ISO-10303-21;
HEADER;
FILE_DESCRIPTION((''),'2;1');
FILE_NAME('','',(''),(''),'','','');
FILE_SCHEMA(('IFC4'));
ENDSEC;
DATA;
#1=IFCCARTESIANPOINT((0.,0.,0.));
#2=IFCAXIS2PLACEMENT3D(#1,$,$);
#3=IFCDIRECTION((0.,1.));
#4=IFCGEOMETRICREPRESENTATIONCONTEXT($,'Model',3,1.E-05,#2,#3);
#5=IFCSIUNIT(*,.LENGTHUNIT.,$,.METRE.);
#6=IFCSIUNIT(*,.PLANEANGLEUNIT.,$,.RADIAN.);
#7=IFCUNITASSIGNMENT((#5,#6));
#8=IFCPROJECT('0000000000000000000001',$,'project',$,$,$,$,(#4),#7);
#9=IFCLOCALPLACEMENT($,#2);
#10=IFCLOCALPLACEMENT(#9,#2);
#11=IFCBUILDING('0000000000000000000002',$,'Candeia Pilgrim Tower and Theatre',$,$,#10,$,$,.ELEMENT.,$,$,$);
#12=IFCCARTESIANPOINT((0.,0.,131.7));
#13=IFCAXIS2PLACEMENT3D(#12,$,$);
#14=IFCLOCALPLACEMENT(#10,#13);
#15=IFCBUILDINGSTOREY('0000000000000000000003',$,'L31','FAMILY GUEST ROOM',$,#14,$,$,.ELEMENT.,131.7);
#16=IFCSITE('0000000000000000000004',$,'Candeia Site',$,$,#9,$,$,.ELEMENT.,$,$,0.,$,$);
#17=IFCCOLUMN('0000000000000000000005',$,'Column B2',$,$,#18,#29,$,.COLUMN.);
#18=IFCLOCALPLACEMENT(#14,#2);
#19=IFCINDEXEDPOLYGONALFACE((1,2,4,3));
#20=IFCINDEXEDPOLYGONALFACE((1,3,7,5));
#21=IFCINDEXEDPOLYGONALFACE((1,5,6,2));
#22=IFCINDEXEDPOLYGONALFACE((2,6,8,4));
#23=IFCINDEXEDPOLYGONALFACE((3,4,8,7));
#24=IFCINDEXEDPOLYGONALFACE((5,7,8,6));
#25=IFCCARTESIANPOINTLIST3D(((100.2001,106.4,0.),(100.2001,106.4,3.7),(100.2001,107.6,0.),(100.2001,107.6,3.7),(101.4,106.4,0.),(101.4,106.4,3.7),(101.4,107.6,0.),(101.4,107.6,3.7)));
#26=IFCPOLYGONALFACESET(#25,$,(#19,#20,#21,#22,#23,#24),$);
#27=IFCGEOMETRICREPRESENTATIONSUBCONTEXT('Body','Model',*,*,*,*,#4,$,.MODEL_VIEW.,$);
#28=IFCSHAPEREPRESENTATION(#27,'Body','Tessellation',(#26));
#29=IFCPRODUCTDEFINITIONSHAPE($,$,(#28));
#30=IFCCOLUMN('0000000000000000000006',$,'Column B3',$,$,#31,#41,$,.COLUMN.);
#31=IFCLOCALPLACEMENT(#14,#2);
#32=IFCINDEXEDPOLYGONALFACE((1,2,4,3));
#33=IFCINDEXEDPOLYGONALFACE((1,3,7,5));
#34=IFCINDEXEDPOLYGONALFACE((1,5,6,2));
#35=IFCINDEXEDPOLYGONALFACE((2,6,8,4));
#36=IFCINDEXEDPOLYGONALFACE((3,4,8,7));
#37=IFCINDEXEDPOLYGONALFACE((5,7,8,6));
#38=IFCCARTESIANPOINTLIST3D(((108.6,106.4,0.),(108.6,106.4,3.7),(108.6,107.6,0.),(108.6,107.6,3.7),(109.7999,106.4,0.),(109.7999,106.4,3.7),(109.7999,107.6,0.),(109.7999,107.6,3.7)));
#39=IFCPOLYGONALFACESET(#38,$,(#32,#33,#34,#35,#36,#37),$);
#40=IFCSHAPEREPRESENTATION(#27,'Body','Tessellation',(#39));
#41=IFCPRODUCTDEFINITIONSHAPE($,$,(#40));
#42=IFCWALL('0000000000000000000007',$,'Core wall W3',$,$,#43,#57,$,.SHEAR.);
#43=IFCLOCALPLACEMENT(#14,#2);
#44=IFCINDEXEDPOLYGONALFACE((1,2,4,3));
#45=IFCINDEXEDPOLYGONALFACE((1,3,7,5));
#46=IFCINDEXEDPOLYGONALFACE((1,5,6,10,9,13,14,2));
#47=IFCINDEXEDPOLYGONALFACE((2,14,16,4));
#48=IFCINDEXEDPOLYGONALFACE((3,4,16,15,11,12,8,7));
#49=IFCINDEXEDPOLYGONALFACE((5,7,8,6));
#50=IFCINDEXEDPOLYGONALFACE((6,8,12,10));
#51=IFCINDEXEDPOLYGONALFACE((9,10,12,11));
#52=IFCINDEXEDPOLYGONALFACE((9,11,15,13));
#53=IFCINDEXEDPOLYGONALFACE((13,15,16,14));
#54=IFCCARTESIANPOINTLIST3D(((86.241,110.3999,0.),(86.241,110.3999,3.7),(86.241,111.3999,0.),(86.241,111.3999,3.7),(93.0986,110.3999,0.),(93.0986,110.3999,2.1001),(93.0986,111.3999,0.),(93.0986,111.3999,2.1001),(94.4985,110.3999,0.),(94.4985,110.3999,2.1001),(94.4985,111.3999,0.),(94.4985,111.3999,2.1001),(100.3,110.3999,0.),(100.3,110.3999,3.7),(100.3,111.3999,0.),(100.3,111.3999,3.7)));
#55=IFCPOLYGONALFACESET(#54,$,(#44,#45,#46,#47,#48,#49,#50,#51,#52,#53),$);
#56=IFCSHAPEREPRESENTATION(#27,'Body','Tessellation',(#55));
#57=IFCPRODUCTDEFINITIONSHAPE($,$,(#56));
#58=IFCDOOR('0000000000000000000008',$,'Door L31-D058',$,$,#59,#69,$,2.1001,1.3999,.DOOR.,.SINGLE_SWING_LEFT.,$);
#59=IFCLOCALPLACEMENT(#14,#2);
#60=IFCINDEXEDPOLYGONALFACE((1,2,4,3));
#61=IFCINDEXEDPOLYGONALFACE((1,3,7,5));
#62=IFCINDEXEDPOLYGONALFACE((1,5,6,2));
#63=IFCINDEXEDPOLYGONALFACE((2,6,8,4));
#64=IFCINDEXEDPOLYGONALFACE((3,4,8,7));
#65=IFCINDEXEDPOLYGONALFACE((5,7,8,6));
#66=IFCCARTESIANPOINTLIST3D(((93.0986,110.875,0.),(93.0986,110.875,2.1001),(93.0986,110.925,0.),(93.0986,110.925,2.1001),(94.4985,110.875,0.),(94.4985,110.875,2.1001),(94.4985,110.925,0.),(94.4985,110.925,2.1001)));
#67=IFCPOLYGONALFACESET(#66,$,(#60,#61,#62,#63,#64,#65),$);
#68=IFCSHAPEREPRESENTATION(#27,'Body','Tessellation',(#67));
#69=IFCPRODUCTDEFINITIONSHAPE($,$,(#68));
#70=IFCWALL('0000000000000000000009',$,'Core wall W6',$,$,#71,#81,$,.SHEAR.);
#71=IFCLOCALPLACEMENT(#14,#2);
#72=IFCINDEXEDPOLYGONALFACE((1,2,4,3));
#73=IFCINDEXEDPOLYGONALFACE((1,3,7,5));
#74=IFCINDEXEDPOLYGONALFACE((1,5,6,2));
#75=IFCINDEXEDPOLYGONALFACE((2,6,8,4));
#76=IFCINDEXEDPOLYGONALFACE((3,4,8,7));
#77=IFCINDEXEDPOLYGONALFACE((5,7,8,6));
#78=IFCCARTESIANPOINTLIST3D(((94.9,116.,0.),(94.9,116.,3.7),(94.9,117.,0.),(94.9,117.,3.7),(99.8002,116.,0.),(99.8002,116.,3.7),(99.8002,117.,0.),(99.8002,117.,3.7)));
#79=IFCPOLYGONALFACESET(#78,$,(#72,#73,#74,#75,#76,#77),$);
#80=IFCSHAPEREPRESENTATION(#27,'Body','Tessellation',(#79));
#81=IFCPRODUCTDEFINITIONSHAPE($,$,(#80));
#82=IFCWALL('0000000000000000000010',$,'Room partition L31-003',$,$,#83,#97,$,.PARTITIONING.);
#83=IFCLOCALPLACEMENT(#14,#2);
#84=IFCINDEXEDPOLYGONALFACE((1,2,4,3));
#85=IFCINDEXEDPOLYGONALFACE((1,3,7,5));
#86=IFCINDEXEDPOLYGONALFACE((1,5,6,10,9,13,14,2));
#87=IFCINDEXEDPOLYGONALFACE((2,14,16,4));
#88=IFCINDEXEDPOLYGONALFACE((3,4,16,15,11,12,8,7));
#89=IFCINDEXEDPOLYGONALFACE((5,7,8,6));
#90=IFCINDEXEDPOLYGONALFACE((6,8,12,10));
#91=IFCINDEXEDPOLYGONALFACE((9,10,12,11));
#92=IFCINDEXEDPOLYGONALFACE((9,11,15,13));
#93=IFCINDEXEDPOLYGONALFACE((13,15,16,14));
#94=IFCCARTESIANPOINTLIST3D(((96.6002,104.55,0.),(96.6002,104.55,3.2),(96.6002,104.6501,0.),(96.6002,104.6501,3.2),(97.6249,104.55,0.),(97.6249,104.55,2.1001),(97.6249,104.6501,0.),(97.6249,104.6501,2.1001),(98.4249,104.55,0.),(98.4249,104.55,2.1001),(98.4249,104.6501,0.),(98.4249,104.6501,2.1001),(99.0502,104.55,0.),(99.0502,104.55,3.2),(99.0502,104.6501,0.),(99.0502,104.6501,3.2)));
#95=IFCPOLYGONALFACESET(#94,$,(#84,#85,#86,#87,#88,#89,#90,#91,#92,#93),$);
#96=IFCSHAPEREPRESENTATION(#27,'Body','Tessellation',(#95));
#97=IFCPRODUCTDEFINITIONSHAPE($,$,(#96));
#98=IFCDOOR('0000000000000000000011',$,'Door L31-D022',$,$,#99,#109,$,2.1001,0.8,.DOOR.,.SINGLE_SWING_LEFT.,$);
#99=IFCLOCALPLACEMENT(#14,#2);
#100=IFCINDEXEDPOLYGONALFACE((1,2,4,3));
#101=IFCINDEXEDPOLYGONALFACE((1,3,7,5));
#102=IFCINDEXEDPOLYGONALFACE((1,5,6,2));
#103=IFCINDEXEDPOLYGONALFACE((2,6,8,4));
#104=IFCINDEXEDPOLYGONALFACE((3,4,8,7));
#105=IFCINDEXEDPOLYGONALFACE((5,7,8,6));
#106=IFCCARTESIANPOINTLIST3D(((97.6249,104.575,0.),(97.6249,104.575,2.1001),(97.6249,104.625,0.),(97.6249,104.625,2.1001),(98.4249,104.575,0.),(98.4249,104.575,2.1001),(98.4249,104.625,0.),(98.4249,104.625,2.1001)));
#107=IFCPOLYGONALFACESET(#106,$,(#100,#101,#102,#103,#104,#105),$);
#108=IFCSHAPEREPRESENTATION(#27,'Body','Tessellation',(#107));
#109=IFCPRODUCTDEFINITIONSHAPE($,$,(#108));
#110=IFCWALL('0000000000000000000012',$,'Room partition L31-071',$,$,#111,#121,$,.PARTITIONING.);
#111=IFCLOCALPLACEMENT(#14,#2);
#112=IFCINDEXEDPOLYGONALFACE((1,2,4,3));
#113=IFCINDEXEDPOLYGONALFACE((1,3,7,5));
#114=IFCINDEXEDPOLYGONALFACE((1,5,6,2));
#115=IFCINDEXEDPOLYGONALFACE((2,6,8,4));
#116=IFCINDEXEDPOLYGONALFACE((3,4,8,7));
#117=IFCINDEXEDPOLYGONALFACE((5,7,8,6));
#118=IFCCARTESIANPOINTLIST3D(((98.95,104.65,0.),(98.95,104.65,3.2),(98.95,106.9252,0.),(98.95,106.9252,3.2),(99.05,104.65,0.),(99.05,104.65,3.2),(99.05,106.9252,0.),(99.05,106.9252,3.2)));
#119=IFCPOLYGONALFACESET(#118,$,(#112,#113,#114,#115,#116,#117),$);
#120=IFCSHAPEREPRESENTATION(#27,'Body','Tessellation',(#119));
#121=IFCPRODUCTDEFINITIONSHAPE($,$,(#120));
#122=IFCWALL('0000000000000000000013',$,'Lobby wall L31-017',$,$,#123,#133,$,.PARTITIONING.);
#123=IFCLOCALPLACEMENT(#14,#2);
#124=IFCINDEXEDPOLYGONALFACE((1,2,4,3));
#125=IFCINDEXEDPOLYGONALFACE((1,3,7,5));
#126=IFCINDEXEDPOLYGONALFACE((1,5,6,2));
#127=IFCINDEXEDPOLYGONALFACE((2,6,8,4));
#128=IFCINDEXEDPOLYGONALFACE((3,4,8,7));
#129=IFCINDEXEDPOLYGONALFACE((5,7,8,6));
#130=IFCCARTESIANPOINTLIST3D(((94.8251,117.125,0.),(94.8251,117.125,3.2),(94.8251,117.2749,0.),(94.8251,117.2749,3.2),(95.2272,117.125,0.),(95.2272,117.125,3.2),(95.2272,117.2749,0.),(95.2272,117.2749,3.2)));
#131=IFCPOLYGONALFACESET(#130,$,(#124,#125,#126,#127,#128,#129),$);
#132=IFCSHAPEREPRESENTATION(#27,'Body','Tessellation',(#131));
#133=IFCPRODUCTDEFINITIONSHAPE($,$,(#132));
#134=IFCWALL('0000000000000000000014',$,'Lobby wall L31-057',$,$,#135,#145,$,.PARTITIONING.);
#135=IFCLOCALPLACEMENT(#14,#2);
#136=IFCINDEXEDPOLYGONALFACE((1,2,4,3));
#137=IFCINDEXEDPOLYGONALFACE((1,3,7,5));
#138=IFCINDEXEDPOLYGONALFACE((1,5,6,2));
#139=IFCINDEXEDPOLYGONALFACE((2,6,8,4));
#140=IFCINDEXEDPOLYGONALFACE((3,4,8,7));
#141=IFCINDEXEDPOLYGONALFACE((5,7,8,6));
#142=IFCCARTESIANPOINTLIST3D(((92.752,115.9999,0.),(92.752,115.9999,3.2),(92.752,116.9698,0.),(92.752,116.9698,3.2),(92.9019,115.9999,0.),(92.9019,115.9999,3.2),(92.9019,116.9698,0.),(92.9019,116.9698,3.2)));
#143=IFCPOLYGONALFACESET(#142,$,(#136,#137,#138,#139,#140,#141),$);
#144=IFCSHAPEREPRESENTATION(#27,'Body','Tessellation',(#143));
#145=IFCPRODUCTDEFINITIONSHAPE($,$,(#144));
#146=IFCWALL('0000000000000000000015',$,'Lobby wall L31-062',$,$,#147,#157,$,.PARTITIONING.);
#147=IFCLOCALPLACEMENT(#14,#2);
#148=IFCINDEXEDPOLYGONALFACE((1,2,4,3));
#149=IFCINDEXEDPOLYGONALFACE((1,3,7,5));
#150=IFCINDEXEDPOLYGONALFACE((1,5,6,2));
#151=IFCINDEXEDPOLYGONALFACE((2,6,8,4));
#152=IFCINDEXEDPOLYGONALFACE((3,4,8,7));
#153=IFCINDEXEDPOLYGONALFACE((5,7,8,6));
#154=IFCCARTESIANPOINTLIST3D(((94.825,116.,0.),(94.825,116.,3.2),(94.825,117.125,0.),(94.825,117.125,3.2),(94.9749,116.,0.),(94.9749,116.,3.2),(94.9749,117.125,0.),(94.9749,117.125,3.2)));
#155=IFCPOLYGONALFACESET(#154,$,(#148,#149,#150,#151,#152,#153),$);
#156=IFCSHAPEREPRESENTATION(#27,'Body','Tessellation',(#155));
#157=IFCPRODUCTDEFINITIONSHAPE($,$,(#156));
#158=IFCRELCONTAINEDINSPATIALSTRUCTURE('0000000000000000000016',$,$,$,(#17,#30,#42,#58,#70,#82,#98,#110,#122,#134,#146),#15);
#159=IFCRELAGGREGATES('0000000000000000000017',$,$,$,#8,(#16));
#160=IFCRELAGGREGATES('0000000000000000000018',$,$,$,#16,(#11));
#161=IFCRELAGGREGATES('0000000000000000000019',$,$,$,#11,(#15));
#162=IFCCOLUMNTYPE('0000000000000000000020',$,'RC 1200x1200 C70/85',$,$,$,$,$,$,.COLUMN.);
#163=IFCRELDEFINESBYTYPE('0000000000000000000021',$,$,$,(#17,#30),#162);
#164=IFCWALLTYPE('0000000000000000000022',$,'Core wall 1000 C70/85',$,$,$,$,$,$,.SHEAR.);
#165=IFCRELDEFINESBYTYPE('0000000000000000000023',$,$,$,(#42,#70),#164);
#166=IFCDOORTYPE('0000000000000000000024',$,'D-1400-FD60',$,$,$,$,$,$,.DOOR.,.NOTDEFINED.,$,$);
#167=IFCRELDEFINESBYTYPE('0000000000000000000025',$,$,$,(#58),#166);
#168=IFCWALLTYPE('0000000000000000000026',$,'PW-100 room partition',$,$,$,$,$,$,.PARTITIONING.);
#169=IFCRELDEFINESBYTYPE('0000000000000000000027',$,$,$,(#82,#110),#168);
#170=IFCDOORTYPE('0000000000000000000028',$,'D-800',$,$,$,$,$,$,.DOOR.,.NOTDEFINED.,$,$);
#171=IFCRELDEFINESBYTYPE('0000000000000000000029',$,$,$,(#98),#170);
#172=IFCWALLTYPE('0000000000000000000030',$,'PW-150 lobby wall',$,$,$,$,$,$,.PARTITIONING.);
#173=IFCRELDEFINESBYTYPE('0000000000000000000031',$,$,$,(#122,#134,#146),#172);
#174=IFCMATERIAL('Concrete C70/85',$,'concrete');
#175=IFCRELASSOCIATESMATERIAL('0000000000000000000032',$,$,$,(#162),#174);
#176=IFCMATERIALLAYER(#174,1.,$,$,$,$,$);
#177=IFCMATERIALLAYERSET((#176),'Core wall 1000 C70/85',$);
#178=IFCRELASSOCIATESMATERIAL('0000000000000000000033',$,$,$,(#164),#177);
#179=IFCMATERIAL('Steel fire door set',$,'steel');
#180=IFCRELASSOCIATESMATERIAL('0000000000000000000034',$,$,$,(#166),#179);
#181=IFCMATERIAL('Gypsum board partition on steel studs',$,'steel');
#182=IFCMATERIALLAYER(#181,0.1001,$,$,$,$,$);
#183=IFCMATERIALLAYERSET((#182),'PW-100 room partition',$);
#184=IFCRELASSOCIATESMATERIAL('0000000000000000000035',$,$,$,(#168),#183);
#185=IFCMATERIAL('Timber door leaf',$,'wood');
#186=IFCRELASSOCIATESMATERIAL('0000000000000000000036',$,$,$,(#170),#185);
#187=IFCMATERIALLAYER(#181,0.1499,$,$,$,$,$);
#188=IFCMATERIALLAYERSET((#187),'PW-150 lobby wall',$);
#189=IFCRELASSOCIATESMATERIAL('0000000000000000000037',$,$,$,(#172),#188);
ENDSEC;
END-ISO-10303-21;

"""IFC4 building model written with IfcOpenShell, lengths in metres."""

from ifc_helpers import new_model, si_unit, direction, frame, frame_2d, origin, origin_2d, place, context, subcontext, project, spatial, rectangle, extrude, material, layer, layer_set, material_profile, profile_set, type_object, element, fill, save


model = new_model("IFC4")

# Units and contexts
model_context = context("Model", 3, precision=1e-05, world=origin(), true_north=direction((0.0, 1.0)))
body_context = subcontext(model_context, "Body", "Model", "MODEL_VIEW")
ifc_project = project(units=[si_unit("LENGTHUNIT", "METRE"), si_unit("PLANEANGLEUNIT", "RADIAN")], contexts=[model_context])

# Site, building, storey
site_placement = place(None, origin())
site = spatial("IfcSite", under=ifc_project, at=site_placement, Name="Candeia Site", CompositionType="ELEMENT", RefElevation=0.0)
building_placement = place(site_placement, origin())
building = spatial("IfcBuilding", under=site, at=building_placement, Name="Candeia Pilgrim Tower and Theatre", CompositionType="ELEMENT")
storey_placement = place(building_placement, frame((0.0, 0.0, 131.7)))
storey = spatial("IfcBuildingStorey", under=building, at=storey_placement, Name="L31", Description="FAMILY GUEST ROOM", CompositionType="ELEMENT", Elevation=131.7)

# Columns
ifc_material_1 = material(Name="Concrete C70/85", Category="concrete")
ifc_material_profile = material_profile(ifc_material_1, rectangle(XDim=1.2, YDim=1.2, at=origin_2d()))
ifc_profile_set = profile_set([ifc_material_profile], Name="Concrete C70/85")
column_type = type_object("IfcColumnType", Name="RC 1200x1200 C70/85", PredefinedType="COLUMN", material=ifc_profile_set)
for number, where, z_axis, x_axis, name in (
    (1, (100.8, 107.0, 0.0), (0.0, 0.0, 1.0), (1.0, 0.0, 0.0), "Column B2"),
    (2, (109.2, 107.0, 0.0), (0.0, 0.0, 1.0), (1.0, 0.0, 0.0), "Column B3"),
):
    element("IfcColumn", number, at=place(storey_placement, frame(where, z_axis=z_axis, x_axis=x_axis)), inside=storey, type_object=column_type, Name=name, PredefinedType="COLUMN", context=body_context, shape_type="SweptSolid", body=[
        extrude(rectangle(XDim=1.2, YDim=1.2, at=origin_2d()), origin(), (0.0, 0.0, 1.0), 3.7),
    ])

# Wall, opening, door
ifc_layer_1 = layer(ifc_material_1, 1.0)
ifc_layer_set_1 = layer_set([ifc_layer_1], Name="Core wall 1000 C70/85")
wall_type_1 = type_object("IfcWallType", Name="Core wall 1000 C70/85", PredefinedType="SHEAR", material=ifc_layer_set_1)
wall_1_placement = place(storey_placement, frame((100.3, 110.8999, 0.0), z_axis=(0.0, 0.0, 1.0), x_axis=(-1.0, 0.0, 0.0)))
wall_1 = element("IfcWall", 3, at=wall_1_placement, inside=storey, type_object=wall_type_1, Name="Core wall W3", PredefinedType="SHEAR", context=body_context, shape_type="SweptSolid", body=[
    extrude(rectangle(XDim=14.0591, YDim=1.0, at=frame_2d((7.0295, 0.0))), origin(), (0.0, 0.0, 1.0), 3.7),
])
opening_1_placement = place(wall_1_placement, frame((5.8015, 0.0, 0.0)))
opening_1 = element("IfcOpeningElement", 4, at=opening_1_placement, cuts=wall_1, PredefinedType="OPENING", context=body_context, shape_type="SweptSolid", body=[
    extrude(rectangle(XDim=1.3999, YDim=2.1001, at=frame_2d((0.7, 1.05))), frame((0.0, 0.51, 0.0), z_axis=(0.0, -1.0, 0.0), x_axis=(1.0, 0.0, 0.0)), (0.0, 0.0, 1.0), 1.02),
])
ifc_material_2 = material(Name="Steel fire door set", Category="steel")
door_type_1 = type_object("IfcDoorType", Name="D-1400-FD60", OperationType="NOTDEFINED", PredefinedType="DOOR", material=ifc_material_2)
door_1_placement = place(opening_1_placement, origin())
door_1 = element("IfcDoor", 5, at=door_1_placement, inside=storey, type_object=door_type_1, Name="Door L31-D058", OperationType="SINGLE_SWING_LEFT", OverallHeight=2.1001, OverallWidth=1.3999, PredefinedType="DOOR", context=body_context, shape_type="SweptSolid", body=[
    extrude(rectangle(XDim=1.3999, YDim=2.1001, at=frame_2d((0.7, 1.05))), frame((0.0, 0.0249, 0.0), z_axis=(0.0, -1.0, 0.0), x_axis=(1.0, 0.0, 0.0)), (0.0, 0.0, 1.0), 0.05),
])
fill(opening_1, door_1)

# Wall
wall_2_placement = place(storey_placement, frame((94.8999, 116.5, 0.0), z_axis=(0.0, 0.0, 1.0), x_axis=(1.0, 0.0, 0.0)))
element("IfcWall", 6, at=wall_2_placement, inside=storey, type_object=wall_type_1, Name="Core wall W6", PredefinedType="SHEAR", context=body_context, shape_type="SweptSolid", body=[
    extrude(rectangle(XDim=4.9001, YDim=1.0, at=frame_2d((2.4502, 0.0))), origin(), (0.0, 0.0, 1.0), 3.7),
])

# Wall, opening, door
ifc_material_3 = material(Name="Gypsum board partition on steel studs", Category="steel")
ifc_layer_2 = layer(ifc_material_3, 0.1001)
ifc_layer_set_2 = layer_set([ifc_layer_2], Name="PW-100 room partition")
wall_type_2 = type_object("IfcWallType", Name="PW-100 room partition", PredefinedType="PARTITIONING", material=ifc_layer_set_2)
wall_3_placement = place(storey_placement, frame((96.6001, 104.6001, 0.0), z_axis=(0.0, 0.0, 1.0), x_axis=(1.0, 0.0, 0.0)))
wall_3 = element("IfcWall", 7, at=wall_3_placement, inside=storey, type_object=wall_type_2, Name="Room partition L31-003", PredefinedType="PARTITIONING", context=body_context, shape_type="SweptSolid", body=[
    extrude(rectangle(XDim=2.45, YDim=0.1001, at=frame_2d((1.2251, 0.0))), origin(), (0.0, 0.0, 1.0), 3.2),
])
opening_2_placement = place(wall_3_placement, frame((1.0249, 0.0, 0.0)))
opening_2 = element("IfcOpeningElement", 8, at=opening_2_placement, cuts=wall_3, PredefinedType="OPENING", context=body_context, shape_type="SweptSolid", body=[
    extrude(rectangle(XDim=0.8, YDim=2.1001, at=frame_2d((0.3999, 1.05))), frame((0.0, 0.0601, 0.0), z_axis=(0.0, -1.0, 0.0), x_axis=(1.0, 0.0, 0.0)), (0.0, 0.0, 1.0), 0.1201),
])
ifc_material_4 = material(Name="Timber door leaf", Category="wood")
door_type_2 = type_object("IfcDoorType", Name="D-800", OperationType="NOTDEFINED", PredefinedType="DOOR", material=ifc_material_4)
door_2_placement = place(opening_2_placement, origin())
door_2 = element("IfcDoor", 9, at=door_2_placement, inside=storey, type_object=door_type_2, Name="Door L31-D022", OperationType="SINGLE_SWING_LEFT", OverallHeight=2.1001, OverallWidth=0.8, PredefinedType="DOOR", context=body_context, shape_type="SweptSolid", body=[
    extrude(rectangle(XDim=0.8, YDim=2.1001, at=frame_2d((0.3999, 1.05))), frame((0.0, 0.0249, 0.0), z_axis=(0.0, -1.0, 0.0), x_axis=(1.0, 0.0, 0.0)), (0.0, 0.0, 1.0), 0.05),
])
fill(opening_2, door_2)

# Walls
wall_4_placement = place(storey_placement, frame((99.0, 104.6499, 0.0), z_axis=(0.0, 0.0, 1.0), x_axis=(0.0, 1.0, 0.0)))
element("IfcWall", 10, at=wall_4_placement, inside=storey, type_object=wall_type_2, Name="Room partition L31-071", PredefinedType="PARTITIONING", context=body_context, shape_type="SweptSolid", body=[
    extrude(rectangle(XDim=2.2751, YDim=0.1001, at=frame_2d((1.1377, 0.0))), origin(), (0.0, 0.0, 1.0), 3.2),
])
ifc_layer_3 = layer(ifc_material_3, 0.1499)
ifc_layer_set_3 = layer_set([ifc_layer_3], Name="PW-150 lobby wall")
wall_type_3 = type_object("IfcWallType", Name="PW-150 lobby wall", PredefinedType="PARTITIONING", material=ifc_layer_set_3)
wall_5_placement = place(storey_placement, frame((94.825, 117.2, 0.0), z_axis=(0.0, 0.0, 1.0), x_axis=(1.0, 0.0, 0.0)))
element("IfcWall", 11, at=wall_5_placement, inside=storey, type_object=wall_type_3, Name="Lobby wall L31-017", PredefinedType="PARTITIONING", context=body_context, shape_type="SweptSolid", body=[
    extrude(rectangle(XDim=0.4021, YDim=0.1499, at=frame_2d((0.2012, 0.0))), origin(), (0.0, 0.0, 1.0), 3.2),
])
wall_6_placement = place(storey_placement, frame((92.8269, 116.0, 0.0), z_axis=(0.0, 0.0, 1.0), x_axis=(0.0, 1.0, 0.0)))
element("IfcWall", 12, at=wall_6_placement, inside=storey, type_object=wall_type_3, Name="Lobby wall L31-057", PredefinedType="PARTITIONING", context=body_context, shape_type="SweptSolid", body=[
    extrude(rectangle(XDim=0.97, YDim=0.1499, at=frame_2d((0.4849, 0.0))), origin(), (0.0, 0.0, 1.0), 3.2),
])
wall_7_placement = place(storey_placement, frame((94.8999, 116.0, 0.0), z_axis=(0.0, 0.0, 1.0), x_axis=(0.0, 1.0, 0.0)))
element("IfcWall", 13, at=wall_7_placement, inside=storey, type_object=wall_type_3, Name="Lobby wall L31-062", PredefinedType="PARTITIONING", context=body_context, shape_type="SweptSolid", body=[
    extrude(rectangle(XDim=1.125, YDim=0.1499, at=frame_2d((0.5625, 0.0))), origin(), (0.0, 0.0, 1.0), 3.2),
])

save(model, "model.ifc")
